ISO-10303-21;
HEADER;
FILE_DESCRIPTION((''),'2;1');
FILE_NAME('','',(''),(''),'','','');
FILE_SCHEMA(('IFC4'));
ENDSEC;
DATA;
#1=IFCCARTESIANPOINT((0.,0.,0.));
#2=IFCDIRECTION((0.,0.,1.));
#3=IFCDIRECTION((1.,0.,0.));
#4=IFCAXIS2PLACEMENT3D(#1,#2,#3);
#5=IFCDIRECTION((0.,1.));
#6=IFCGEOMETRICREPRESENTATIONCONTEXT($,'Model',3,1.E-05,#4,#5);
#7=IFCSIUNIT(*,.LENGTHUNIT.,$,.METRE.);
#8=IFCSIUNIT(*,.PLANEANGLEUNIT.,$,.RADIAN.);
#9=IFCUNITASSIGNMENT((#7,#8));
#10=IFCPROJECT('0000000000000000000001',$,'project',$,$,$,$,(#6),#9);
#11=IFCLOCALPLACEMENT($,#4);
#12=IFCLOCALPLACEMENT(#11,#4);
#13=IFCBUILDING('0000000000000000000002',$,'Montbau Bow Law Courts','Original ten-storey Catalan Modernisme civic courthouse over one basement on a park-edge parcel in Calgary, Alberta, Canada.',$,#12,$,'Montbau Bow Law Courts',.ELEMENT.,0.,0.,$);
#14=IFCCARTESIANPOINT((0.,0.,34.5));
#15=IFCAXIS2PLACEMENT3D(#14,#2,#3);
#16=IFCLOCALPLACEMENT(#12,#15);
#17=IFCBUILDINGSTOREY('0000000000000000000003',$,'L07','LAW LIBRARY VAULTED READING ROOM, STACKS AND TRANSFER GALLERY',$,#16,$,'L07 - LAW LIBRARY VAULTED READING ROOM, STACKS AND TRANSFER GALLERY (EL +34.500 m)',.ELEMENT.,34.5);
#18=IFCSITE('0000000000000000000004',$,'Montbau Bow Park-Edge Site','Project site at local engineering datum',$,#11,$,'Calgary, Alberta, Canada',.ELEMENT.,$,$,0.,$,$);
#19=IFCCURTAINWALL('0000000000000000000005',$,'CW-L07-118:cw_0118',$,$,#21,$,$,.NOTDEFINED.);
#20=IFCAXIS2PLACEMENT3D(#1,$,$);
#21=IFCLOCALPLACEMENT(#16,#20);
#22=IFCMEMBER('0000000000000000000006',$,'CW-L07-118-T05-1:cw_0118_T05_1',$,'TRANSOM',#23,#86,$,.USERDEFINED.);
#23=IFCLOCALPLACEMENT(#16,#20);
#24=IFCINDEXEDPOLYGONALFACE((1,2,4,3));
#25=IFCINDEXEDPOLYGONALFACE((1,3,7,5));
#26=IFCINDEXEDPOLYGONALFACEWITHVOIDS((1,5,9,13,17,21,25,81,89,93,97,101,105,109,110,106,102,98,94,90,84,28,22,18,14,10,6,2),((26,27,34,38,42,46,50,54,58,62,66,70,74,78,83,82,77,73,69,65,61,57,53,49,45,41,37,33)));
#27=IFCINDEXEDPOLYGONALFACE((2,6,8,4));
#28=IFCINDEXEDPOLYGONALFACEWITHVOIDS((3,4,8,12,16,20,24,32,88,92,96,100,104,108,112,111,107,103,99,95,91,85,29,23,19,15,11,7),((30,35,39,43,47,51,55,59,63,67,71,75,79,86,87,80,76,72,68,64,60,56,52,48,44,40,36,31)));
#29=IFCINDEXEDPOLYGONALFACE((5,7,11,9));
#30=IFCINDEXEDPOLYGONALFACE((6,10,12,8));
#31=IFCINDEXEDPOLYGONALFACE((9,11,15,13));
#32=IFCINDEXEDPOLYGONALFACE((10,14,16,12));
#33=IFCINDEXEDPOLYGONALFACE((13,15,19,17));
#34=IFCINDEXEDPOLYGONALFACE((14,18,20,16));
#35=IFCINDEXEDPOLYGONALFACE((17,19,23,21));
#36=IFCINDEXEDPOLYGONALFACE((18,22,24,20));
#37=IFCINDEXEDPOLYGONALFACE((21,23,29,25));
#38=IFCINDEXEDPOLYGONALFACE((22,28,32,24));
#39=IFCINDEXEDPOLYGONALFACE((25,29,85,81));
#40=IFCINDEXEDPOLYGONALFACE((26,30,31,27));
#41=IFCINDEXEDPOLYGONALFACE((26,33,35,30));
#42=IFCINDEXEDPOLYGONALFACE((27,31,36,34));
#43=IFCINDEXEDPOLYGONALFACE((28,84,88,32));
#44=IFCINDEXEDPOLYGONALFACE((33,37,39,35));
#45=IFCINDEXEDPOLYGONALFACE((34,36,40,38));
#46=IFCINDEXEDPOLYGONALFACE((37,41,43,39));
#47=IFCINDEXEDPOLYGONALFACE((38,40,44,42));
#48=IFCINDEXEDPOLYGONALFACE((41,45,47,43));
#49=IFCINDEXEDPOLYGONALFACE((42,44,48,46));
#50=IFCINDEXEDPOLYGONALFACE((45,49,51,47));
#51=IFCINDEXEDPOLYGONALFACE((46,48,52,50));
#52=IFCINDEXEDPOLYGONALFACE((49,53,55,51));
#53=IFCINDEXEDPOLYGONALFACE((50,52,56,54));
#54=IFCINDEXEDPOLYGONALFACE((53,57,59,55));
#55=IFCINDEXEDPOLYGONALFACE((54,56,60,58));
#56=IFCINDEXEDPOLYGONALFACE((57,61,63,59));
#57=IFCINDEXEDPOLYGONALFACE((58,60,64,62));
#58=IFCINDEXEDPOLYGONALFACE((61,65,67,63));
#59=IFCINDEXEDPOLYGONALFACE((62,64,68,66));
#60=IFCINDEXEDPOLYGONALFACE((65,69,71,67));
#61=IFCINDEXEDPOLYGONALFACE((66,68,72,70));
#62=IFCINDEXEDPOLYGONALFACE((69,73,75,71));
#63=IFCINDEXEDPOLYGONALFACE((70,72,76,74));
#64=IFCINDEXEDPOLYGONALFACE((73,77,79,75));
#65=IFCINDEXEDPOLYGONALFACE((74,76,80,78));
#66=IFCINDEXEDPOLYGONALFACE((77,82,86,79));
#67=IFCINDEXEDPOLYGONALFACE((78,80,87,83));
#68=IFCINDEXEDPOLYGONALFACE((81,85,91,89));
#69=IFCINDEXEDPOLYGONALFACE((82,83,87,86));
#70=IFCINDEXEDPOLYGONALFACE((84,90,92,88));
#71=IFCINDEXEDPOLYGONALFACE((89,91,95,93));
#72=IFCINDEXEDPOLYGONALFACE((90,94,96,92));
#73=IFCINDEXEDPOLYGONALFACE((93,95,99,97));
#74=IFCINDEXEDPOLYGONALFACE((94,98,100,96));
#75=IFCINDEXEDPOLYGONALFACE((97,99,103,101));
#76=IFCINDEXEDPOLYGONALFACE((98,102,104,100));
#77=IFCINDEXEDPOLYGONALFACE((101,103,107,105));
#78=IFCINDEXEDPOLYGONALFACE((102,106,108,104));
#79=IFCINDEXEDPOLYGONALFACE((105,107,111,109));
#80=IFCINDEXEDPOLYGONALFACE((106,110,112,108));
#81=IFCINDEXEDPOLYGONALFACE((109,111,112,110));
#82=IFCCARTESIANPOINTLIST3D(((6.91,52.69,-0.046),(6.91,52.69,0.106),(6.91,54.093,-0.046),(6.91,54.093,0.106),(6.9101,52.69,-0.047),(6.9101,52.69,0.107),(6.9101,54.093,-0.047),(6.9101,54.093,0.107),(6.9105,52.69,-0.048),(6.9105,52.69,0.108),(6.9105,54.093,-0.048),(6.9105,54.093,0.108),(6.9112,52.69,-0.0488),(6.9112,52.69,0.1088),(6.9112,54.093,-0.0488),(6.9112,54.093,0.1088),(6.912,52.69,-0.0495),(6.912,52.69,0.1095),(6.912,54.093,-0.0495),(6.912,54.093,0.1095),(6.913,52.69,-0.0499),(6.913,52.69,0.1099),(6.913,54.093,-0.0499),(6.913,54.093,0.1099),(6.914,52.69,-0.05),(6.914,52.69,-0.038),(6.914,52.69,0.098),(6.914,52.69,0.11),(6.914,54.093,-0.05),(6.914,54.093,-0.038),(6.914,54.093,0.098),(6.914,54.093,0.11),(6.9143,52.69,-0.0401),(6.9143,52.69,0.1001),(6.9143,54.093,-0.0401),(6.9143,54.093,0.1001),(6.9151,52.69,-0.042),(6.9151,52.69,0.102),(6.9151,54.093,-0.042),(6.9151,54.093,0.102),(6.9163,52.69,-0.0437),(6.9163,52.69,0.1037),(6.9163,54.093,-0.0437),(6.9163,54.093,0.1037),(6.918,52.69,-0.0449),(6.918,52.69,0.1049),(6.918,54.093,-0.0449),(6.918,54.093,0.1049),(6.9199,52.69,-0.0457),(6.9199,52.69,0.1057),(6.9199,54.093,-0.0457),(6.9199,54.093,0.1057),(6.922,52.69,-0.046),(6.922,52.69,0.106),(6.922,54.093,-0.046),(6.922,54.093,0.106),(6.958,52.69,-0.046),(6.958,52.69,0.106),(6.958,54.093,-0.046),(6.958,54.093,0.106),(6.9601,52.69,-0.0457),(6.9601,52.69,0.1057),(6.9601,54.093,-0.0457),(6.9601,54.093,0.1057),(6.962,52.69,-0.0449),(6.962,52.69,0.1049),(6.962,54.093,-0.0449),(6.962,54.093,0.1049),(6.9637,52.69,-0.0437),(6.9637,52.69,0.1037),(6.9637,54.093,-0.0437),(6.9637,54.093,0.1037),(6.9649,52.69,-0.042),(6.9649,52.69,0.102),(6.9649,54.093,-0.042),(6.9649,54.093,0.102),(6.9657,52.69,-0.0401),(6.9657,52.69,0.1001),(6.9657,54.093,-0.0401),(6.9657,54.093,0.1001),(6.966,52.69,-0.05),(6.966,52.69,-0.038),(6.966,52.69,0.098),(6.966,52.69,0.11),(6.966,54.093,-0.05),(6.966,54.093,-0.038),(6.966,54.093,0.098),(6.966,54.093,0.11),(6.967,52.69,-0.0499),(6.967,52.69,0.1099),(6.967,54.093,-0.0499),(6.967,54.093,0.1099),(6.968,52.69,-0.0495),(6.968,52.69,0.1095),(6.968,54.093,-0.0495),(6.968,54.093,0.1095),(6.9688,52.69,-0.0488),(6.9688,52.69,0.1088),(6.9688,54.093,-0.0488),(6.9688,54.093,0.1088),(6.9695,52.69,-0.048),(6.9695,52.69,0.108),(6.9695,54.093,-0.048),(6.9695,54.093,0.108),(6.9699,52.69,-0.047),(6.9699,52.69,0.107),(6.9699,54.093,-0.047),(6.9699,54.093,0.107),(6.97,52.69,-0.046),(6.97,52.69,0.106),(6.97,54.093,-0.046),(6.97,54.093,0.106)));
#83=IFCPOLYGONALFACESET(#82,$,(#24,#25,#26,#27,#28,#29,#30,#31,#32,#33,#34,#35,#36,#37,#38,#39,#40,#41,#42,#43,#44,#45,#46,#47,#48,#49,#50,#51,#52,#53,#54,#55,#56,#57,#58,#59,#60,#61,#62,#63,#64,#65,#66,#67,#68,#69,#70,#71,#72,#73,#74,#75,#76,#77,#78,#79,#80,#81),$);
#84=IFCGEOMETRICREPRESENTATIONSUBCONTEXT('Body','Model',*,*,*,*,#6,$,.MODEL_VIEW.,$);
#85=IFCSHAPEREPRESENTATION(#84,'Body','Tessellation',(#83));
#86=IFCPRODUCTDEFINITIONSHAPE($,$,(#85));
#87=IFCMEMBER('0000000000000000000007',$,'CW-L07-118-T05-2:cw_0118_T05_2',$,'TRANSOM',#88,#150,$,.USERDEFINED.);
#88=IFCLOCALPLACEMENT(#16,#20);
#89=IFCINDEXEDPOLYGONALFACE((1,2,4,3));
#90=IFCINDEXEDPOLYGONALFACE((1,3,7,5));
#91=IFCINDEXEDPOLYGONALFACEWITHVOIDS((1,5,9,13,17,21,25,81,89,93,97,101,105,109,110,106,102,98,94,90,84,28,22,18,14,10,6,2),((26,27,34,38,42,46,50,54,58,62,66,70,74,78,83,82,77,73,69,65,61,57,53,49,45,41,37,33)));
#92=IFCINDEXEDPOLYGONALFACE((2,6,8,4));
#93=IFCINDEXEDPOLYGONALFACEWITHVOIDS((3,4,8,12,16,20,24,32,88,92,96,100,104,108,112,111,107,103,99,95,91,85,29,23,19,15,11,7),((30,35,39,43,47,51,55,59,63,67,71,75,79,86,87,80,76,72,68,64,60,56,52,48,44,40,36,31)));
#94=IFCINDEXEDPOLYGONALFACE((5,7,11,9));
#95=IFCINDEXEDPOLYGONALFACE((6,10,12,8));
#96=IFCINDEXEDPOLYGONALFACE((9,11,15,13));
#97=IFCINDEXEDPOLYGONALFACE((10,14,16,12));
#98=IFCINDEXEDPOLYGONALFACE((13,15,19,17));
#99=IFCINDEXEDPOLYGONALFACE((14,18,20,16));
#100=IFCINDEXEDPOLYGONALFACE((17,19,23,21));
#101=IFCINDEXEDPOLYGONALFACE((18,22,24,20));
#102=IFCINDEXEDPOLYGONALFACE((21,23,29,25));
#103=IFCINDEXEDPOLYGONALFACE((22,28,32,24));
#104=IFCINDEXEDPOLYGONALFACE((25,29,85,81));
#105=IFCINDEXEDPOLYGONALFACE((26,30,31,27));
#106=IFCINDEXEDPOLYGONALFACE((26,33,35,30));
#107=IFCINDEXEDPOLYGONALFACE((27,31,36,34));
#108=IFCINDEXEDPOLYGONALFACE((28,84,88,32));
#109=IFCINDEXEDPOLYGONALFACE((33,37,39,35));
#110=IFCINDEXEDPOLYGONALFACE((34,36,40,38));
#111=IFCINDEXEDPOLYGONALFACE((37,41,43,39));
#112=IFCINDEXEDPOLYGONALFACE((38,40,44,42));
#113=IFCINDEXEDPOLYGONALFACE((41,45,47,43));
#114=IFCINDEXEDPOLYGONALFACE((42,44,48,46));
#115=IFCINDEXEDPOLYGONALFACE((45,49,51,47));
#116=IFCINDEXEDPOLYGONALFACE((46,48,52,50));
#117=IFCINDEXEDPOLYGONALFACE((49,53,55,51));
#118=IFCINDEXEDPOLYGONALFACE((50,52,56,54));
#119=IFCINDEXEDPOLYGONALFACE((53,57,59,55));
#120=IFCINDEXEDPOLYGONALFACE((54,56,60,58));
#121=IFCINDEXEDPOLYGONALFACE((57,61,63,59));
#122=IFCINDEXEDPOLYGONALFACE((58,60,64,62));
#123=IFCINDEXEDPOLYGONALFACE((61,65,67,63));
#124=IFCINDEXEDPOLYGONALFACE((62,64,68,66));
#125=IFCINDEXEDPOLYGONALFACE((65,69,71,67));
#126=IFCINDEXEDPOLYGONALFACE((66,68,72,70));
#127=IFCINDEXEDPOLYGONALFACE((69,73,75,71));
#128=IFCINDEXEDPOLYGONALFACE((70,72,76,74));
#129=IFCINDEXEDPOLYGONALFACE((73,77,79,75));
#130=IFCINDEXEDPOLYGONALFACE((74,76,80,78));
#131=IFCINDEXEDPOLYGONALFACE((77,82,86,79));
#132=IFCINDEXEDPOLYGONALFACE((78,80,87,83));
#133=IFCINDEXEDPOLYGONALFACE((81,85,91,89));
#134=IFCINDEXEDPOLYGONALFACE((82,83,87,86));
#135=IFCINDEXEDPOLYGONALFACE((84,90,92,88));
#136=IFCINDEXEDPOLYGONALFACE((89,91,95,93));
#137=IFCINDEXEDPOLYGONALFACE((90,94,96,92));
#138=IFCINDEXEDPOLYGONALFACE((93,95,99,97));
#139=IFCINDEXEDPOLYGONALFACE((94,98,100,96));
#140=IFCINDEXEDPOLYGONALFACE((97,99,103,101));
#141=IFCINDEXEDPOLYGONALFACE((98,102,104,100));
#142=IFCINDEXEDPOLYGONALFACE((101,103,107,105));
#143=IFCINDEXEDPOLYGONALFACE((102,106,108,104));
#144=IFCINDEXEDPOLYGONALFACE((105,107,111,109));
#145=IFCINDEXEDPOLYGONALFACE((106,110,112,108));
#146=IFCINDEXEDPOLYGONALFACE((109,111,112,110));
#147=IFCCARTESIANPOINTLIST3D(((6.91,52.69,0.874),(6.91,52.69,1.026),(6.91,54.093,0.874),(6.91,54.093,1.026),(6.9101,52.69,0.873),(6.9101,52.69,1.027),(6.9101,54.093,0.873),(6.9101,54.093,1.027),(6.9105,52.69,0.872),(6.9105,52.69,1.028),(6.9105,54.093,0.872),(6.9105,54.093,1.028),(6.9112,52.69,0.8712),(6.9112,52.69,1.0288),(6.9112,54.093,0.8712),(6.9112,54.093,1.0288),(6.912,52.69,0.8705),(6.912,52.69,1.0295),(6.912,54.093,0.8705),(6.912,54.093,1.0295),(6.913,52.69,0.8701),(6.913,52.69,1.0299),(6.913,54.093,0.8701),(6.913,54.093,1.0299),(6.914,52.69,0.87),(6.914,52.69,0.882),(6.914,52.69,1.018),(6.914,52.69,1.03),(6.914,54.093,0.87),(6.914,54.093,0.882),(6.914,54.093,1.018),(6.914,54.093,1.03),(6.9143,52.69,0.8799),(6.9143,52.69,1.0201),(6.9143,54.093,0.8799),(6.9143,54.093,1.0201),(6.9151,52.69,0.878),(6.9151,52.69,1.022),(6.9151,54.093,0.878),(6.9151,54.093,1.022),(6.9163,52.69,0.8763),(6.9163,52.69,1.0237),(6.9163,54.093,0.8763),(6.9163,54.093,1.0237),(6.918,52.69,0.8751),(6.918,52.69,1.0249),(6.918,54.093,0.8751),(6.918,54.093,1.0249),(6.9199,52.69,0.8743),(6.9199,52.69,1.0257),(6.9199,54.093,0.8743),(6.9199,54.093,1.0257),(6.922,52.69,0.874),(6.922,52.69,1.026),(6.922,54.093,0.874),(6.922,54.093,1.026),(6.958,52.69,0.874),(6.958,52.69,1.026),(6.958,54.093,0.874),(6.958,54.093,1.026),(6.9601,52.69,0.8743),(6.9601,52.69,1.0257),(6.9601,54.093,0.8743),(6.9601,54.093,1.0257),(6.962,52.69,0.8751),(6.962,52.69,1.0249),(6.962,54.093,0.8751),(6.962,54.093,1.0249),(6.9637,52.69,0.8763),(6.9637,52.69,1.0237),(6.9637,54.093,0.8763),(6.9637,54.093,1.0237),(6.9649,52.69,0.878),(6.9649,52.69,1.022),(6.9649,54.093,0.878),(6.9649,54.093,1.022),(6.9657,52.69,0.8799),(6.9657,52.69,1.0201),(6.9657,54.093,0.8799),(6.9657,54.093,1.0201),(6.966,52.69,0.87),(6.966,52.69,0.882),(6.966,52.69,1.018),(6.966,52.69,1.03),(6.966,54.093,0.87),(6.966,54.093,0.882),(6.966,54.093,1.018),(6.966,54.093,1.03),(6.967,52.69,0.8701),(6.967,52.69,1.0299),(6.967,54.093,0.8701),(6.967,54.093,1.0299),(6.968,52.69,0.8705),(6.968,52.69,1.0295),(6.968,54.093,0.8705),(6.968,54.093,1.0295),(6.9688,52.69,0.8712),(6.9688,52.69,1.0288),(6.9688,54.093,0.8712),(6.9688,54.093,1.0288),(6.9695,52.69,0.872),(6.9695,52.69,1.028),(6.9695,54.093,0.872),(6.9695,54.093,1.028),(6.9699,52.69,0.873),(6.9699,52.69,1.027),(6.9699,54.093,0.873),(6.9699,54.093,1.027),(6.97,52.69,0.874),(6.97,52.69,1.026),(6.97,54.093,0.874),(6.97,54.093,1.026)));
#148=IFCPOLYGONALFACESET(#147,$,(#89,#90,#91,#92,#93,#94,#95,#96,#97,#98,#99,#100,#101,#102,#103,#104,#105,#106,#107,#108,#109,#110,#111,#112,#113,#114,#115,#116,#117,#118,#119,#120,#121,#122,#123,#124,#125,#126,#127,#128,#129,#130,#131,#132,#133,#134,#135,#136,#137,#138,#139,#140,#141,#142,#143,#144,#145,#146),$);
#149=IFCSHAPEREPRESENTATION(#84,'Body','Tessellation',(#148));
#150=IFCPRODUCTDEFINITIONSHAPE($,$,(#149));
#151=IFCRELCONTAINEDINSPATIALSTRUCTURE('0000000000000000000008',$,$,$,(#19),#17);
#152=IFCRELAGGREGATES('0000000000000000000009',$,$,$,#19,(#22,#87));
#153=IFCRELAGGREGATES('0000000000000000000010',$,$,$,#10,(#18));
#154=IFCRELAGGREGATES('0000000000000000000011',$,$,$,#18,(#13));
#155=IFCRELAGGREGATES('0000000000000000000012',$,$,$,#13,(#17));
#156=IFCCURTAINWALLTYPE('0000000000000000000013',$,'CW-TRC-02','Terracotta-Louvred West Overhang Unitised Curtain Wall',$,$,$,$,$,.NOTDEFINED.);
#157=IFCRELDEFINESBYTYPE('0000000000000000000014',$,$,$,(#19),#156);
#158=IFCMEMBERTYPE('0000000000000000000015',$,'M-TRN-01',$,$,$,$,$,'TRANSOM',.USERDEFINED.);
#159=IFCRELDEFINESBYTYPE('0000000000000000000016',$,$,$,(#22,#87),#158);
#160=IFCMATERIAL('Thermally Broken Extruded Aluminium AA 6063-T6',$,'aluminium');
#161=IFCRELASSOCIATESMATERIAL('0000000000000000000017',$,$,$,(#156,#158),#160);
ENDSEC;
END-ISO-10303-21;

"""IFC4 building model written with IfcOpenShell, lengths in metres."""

from ifc_helpers import new_model, si_unit, direction, frame, origin_with_axes, origin_2d_with_axis, place, context, subcontext, project, spatial, hollow_rectangle, extrude, material, material_profile, profile_set, type_object, element, aggregate, save


model = new_model("IFC4")

# Units and contexts
model_context = context("Model", 3, precision=1e-05, world=origin_with_axes(), true_north=direction((0.0, 1.0)))
body_context = subcontext(model_context, "Body", "Model", "MODEL_VIEW")
ifc_project = project(units=[si_unit("LENGTHUNIT", "METRE"), si_unit("PLANEANGLEUNIT", "RADIAN")], contexts=[model_context])

# Site, building, storey
site_placement = place(None, origin_with_axes())
site = spatial("IfcSite", under=ifc_project, at=site_placement, Name="Montbau Bow Park-Edge Site", Description="Project site at local engineering datum", LongName="Calgary, Alberta, Canada", CompositionType="ELEMENT", RefElevation=0.0)
building_placement = place(site_placement, origin_with_axes())
building = spatial("IfcBuilding", under=site, at=building_placement, Name="Montbau Bow Law Courts", Description="Original ten-storey Catalan Modernisme civic courthouse over one basement on a park-edge parcel in Calgary, Alberta, Canada.", LongName="Montbau Bow Law Courts", CompositionType="ELEMENT", ElevationOfRefHeight=0.0, ElevationOfTerrain=0.0)
storey_placement = place(building_placement, frame((0.0, 0.0, 34.5), z_axis=(0.0, 0.0, 1.0), x_axis=(1.0, 0.0, 0.0)))
storey = spatial("IfcBuildingStorey", under=building, at=storey_placement, Name="L07", Description="LAW LIBRARY VAULTED READING ROOM, STACKS AND TRANSFER GALLERY", LongName="L07 - LAW LIBRARY VAULTED READING ROOM, STACKS AND TRANSFER GALLERY (EL +34.500 m)", CompositionType="ELEMENT", Elevation=34.5)

# Curtain wall
ifc_material_1 = material(Name="Thermally Broken Extruded Aluminium AA 6063-T6", Category="aluminium")
curtain_wall_type = type_object("IfcCurtainWallType", Name="CW-TRC-02", Description="Terracotta-Louvred West Overhang Unitised Curtain Wall", PredefinedType="NOTDEFINED", material=ifc_material_1)
curtain_wall_1_placement = place(None, frame((6.94, 46.64, 34.5), z_axis=(0.0, 0.0, 1.0), x_axis=(1.0, 0.0, 0.0)))
curtain_wall_1 = element("IfcCurtainWall", 1, at=curtain_wall_1_placement, inside=storey, type_object=curtain_wall_type, Name="CW-L07-118:cw_0118", PredefinedType="NOTDEFINED")

# Members
ifc_material_profile_1 = material_profile(ifc_material_1, hollow_rectangle(XDim=0.06, YDim=0.16, WallThickness=0.004, InnerFilletRadius=0.008, OuterFilletRadius=0.004, at=origin_2d_with_axis()), Name="CWT-160X60", Category="Main", Priority=0)
ifc_profile_set_1 = profile_set([ifc_material_profile_1], Name="Thermally Broken Extruded Aluminium AA 6063-T6")
member_type_1 = type_object("IfcMemberType", Name="M-TRN-01", ElementType="TRANSOM", PredefinedType="USERDEFINED", material=ifc_profile_set_1)
member_1_placement = place(None, frame((6.94, 52.69, 34.53), z_axis=(0.0, 1.0, 0.0), x_axis=(-1.0, 0.0, 0.0)))
member_1 = element("IfcMember", 2, at=member_1_placement, type_object=member_type_1, Name="CW-L07-118-T05-1:cw_0118_T05_1", ObjectType="TRANSOM", PredefinedType="USERDEFINED", context=body_context, shape_type="SweptSolid", body=[
    extrude(hollow_rectangle(XDim=0.06, YDim=0.16, WallThickness=0.004, InnerFilletRadius=0.008, OuterFilletRadius=0.004, at=origin_2d_with_axis()), origin_with_axes(), (0.0, 0.0, 1.0), 1.403),
])
member_2_placement = place(None, frame((6.94, 52.69, 35.45), z_axis=(0.0, 1.0, 0.0), x_axis=(-1.0, 0.0, 0.0)))
member_2 = element("IfcMember", 3, at=member_2_placement, type_object=member_type_1, Name="CW-L07-118-T05-2:cw_0118_T05_2", ObjectType="TRANSOM", PredefinedType="USERDEFINED", context=body_context, shape_type="SweptSolid", body=[
    extrude(hollow_rectangle(XDim=0.06, YDim=0.16, WallThickness=0.004, InnerFilletRadius=0.008, OuterFilletRadius=0.004, at=origin_2d_with_axis()), origin_with_axes(), (0.0, 0.0, 1.0), 1.403),
])

aggregate(curtain_wall_1, [member_1, member_2])

save(model, "model.ifc")
